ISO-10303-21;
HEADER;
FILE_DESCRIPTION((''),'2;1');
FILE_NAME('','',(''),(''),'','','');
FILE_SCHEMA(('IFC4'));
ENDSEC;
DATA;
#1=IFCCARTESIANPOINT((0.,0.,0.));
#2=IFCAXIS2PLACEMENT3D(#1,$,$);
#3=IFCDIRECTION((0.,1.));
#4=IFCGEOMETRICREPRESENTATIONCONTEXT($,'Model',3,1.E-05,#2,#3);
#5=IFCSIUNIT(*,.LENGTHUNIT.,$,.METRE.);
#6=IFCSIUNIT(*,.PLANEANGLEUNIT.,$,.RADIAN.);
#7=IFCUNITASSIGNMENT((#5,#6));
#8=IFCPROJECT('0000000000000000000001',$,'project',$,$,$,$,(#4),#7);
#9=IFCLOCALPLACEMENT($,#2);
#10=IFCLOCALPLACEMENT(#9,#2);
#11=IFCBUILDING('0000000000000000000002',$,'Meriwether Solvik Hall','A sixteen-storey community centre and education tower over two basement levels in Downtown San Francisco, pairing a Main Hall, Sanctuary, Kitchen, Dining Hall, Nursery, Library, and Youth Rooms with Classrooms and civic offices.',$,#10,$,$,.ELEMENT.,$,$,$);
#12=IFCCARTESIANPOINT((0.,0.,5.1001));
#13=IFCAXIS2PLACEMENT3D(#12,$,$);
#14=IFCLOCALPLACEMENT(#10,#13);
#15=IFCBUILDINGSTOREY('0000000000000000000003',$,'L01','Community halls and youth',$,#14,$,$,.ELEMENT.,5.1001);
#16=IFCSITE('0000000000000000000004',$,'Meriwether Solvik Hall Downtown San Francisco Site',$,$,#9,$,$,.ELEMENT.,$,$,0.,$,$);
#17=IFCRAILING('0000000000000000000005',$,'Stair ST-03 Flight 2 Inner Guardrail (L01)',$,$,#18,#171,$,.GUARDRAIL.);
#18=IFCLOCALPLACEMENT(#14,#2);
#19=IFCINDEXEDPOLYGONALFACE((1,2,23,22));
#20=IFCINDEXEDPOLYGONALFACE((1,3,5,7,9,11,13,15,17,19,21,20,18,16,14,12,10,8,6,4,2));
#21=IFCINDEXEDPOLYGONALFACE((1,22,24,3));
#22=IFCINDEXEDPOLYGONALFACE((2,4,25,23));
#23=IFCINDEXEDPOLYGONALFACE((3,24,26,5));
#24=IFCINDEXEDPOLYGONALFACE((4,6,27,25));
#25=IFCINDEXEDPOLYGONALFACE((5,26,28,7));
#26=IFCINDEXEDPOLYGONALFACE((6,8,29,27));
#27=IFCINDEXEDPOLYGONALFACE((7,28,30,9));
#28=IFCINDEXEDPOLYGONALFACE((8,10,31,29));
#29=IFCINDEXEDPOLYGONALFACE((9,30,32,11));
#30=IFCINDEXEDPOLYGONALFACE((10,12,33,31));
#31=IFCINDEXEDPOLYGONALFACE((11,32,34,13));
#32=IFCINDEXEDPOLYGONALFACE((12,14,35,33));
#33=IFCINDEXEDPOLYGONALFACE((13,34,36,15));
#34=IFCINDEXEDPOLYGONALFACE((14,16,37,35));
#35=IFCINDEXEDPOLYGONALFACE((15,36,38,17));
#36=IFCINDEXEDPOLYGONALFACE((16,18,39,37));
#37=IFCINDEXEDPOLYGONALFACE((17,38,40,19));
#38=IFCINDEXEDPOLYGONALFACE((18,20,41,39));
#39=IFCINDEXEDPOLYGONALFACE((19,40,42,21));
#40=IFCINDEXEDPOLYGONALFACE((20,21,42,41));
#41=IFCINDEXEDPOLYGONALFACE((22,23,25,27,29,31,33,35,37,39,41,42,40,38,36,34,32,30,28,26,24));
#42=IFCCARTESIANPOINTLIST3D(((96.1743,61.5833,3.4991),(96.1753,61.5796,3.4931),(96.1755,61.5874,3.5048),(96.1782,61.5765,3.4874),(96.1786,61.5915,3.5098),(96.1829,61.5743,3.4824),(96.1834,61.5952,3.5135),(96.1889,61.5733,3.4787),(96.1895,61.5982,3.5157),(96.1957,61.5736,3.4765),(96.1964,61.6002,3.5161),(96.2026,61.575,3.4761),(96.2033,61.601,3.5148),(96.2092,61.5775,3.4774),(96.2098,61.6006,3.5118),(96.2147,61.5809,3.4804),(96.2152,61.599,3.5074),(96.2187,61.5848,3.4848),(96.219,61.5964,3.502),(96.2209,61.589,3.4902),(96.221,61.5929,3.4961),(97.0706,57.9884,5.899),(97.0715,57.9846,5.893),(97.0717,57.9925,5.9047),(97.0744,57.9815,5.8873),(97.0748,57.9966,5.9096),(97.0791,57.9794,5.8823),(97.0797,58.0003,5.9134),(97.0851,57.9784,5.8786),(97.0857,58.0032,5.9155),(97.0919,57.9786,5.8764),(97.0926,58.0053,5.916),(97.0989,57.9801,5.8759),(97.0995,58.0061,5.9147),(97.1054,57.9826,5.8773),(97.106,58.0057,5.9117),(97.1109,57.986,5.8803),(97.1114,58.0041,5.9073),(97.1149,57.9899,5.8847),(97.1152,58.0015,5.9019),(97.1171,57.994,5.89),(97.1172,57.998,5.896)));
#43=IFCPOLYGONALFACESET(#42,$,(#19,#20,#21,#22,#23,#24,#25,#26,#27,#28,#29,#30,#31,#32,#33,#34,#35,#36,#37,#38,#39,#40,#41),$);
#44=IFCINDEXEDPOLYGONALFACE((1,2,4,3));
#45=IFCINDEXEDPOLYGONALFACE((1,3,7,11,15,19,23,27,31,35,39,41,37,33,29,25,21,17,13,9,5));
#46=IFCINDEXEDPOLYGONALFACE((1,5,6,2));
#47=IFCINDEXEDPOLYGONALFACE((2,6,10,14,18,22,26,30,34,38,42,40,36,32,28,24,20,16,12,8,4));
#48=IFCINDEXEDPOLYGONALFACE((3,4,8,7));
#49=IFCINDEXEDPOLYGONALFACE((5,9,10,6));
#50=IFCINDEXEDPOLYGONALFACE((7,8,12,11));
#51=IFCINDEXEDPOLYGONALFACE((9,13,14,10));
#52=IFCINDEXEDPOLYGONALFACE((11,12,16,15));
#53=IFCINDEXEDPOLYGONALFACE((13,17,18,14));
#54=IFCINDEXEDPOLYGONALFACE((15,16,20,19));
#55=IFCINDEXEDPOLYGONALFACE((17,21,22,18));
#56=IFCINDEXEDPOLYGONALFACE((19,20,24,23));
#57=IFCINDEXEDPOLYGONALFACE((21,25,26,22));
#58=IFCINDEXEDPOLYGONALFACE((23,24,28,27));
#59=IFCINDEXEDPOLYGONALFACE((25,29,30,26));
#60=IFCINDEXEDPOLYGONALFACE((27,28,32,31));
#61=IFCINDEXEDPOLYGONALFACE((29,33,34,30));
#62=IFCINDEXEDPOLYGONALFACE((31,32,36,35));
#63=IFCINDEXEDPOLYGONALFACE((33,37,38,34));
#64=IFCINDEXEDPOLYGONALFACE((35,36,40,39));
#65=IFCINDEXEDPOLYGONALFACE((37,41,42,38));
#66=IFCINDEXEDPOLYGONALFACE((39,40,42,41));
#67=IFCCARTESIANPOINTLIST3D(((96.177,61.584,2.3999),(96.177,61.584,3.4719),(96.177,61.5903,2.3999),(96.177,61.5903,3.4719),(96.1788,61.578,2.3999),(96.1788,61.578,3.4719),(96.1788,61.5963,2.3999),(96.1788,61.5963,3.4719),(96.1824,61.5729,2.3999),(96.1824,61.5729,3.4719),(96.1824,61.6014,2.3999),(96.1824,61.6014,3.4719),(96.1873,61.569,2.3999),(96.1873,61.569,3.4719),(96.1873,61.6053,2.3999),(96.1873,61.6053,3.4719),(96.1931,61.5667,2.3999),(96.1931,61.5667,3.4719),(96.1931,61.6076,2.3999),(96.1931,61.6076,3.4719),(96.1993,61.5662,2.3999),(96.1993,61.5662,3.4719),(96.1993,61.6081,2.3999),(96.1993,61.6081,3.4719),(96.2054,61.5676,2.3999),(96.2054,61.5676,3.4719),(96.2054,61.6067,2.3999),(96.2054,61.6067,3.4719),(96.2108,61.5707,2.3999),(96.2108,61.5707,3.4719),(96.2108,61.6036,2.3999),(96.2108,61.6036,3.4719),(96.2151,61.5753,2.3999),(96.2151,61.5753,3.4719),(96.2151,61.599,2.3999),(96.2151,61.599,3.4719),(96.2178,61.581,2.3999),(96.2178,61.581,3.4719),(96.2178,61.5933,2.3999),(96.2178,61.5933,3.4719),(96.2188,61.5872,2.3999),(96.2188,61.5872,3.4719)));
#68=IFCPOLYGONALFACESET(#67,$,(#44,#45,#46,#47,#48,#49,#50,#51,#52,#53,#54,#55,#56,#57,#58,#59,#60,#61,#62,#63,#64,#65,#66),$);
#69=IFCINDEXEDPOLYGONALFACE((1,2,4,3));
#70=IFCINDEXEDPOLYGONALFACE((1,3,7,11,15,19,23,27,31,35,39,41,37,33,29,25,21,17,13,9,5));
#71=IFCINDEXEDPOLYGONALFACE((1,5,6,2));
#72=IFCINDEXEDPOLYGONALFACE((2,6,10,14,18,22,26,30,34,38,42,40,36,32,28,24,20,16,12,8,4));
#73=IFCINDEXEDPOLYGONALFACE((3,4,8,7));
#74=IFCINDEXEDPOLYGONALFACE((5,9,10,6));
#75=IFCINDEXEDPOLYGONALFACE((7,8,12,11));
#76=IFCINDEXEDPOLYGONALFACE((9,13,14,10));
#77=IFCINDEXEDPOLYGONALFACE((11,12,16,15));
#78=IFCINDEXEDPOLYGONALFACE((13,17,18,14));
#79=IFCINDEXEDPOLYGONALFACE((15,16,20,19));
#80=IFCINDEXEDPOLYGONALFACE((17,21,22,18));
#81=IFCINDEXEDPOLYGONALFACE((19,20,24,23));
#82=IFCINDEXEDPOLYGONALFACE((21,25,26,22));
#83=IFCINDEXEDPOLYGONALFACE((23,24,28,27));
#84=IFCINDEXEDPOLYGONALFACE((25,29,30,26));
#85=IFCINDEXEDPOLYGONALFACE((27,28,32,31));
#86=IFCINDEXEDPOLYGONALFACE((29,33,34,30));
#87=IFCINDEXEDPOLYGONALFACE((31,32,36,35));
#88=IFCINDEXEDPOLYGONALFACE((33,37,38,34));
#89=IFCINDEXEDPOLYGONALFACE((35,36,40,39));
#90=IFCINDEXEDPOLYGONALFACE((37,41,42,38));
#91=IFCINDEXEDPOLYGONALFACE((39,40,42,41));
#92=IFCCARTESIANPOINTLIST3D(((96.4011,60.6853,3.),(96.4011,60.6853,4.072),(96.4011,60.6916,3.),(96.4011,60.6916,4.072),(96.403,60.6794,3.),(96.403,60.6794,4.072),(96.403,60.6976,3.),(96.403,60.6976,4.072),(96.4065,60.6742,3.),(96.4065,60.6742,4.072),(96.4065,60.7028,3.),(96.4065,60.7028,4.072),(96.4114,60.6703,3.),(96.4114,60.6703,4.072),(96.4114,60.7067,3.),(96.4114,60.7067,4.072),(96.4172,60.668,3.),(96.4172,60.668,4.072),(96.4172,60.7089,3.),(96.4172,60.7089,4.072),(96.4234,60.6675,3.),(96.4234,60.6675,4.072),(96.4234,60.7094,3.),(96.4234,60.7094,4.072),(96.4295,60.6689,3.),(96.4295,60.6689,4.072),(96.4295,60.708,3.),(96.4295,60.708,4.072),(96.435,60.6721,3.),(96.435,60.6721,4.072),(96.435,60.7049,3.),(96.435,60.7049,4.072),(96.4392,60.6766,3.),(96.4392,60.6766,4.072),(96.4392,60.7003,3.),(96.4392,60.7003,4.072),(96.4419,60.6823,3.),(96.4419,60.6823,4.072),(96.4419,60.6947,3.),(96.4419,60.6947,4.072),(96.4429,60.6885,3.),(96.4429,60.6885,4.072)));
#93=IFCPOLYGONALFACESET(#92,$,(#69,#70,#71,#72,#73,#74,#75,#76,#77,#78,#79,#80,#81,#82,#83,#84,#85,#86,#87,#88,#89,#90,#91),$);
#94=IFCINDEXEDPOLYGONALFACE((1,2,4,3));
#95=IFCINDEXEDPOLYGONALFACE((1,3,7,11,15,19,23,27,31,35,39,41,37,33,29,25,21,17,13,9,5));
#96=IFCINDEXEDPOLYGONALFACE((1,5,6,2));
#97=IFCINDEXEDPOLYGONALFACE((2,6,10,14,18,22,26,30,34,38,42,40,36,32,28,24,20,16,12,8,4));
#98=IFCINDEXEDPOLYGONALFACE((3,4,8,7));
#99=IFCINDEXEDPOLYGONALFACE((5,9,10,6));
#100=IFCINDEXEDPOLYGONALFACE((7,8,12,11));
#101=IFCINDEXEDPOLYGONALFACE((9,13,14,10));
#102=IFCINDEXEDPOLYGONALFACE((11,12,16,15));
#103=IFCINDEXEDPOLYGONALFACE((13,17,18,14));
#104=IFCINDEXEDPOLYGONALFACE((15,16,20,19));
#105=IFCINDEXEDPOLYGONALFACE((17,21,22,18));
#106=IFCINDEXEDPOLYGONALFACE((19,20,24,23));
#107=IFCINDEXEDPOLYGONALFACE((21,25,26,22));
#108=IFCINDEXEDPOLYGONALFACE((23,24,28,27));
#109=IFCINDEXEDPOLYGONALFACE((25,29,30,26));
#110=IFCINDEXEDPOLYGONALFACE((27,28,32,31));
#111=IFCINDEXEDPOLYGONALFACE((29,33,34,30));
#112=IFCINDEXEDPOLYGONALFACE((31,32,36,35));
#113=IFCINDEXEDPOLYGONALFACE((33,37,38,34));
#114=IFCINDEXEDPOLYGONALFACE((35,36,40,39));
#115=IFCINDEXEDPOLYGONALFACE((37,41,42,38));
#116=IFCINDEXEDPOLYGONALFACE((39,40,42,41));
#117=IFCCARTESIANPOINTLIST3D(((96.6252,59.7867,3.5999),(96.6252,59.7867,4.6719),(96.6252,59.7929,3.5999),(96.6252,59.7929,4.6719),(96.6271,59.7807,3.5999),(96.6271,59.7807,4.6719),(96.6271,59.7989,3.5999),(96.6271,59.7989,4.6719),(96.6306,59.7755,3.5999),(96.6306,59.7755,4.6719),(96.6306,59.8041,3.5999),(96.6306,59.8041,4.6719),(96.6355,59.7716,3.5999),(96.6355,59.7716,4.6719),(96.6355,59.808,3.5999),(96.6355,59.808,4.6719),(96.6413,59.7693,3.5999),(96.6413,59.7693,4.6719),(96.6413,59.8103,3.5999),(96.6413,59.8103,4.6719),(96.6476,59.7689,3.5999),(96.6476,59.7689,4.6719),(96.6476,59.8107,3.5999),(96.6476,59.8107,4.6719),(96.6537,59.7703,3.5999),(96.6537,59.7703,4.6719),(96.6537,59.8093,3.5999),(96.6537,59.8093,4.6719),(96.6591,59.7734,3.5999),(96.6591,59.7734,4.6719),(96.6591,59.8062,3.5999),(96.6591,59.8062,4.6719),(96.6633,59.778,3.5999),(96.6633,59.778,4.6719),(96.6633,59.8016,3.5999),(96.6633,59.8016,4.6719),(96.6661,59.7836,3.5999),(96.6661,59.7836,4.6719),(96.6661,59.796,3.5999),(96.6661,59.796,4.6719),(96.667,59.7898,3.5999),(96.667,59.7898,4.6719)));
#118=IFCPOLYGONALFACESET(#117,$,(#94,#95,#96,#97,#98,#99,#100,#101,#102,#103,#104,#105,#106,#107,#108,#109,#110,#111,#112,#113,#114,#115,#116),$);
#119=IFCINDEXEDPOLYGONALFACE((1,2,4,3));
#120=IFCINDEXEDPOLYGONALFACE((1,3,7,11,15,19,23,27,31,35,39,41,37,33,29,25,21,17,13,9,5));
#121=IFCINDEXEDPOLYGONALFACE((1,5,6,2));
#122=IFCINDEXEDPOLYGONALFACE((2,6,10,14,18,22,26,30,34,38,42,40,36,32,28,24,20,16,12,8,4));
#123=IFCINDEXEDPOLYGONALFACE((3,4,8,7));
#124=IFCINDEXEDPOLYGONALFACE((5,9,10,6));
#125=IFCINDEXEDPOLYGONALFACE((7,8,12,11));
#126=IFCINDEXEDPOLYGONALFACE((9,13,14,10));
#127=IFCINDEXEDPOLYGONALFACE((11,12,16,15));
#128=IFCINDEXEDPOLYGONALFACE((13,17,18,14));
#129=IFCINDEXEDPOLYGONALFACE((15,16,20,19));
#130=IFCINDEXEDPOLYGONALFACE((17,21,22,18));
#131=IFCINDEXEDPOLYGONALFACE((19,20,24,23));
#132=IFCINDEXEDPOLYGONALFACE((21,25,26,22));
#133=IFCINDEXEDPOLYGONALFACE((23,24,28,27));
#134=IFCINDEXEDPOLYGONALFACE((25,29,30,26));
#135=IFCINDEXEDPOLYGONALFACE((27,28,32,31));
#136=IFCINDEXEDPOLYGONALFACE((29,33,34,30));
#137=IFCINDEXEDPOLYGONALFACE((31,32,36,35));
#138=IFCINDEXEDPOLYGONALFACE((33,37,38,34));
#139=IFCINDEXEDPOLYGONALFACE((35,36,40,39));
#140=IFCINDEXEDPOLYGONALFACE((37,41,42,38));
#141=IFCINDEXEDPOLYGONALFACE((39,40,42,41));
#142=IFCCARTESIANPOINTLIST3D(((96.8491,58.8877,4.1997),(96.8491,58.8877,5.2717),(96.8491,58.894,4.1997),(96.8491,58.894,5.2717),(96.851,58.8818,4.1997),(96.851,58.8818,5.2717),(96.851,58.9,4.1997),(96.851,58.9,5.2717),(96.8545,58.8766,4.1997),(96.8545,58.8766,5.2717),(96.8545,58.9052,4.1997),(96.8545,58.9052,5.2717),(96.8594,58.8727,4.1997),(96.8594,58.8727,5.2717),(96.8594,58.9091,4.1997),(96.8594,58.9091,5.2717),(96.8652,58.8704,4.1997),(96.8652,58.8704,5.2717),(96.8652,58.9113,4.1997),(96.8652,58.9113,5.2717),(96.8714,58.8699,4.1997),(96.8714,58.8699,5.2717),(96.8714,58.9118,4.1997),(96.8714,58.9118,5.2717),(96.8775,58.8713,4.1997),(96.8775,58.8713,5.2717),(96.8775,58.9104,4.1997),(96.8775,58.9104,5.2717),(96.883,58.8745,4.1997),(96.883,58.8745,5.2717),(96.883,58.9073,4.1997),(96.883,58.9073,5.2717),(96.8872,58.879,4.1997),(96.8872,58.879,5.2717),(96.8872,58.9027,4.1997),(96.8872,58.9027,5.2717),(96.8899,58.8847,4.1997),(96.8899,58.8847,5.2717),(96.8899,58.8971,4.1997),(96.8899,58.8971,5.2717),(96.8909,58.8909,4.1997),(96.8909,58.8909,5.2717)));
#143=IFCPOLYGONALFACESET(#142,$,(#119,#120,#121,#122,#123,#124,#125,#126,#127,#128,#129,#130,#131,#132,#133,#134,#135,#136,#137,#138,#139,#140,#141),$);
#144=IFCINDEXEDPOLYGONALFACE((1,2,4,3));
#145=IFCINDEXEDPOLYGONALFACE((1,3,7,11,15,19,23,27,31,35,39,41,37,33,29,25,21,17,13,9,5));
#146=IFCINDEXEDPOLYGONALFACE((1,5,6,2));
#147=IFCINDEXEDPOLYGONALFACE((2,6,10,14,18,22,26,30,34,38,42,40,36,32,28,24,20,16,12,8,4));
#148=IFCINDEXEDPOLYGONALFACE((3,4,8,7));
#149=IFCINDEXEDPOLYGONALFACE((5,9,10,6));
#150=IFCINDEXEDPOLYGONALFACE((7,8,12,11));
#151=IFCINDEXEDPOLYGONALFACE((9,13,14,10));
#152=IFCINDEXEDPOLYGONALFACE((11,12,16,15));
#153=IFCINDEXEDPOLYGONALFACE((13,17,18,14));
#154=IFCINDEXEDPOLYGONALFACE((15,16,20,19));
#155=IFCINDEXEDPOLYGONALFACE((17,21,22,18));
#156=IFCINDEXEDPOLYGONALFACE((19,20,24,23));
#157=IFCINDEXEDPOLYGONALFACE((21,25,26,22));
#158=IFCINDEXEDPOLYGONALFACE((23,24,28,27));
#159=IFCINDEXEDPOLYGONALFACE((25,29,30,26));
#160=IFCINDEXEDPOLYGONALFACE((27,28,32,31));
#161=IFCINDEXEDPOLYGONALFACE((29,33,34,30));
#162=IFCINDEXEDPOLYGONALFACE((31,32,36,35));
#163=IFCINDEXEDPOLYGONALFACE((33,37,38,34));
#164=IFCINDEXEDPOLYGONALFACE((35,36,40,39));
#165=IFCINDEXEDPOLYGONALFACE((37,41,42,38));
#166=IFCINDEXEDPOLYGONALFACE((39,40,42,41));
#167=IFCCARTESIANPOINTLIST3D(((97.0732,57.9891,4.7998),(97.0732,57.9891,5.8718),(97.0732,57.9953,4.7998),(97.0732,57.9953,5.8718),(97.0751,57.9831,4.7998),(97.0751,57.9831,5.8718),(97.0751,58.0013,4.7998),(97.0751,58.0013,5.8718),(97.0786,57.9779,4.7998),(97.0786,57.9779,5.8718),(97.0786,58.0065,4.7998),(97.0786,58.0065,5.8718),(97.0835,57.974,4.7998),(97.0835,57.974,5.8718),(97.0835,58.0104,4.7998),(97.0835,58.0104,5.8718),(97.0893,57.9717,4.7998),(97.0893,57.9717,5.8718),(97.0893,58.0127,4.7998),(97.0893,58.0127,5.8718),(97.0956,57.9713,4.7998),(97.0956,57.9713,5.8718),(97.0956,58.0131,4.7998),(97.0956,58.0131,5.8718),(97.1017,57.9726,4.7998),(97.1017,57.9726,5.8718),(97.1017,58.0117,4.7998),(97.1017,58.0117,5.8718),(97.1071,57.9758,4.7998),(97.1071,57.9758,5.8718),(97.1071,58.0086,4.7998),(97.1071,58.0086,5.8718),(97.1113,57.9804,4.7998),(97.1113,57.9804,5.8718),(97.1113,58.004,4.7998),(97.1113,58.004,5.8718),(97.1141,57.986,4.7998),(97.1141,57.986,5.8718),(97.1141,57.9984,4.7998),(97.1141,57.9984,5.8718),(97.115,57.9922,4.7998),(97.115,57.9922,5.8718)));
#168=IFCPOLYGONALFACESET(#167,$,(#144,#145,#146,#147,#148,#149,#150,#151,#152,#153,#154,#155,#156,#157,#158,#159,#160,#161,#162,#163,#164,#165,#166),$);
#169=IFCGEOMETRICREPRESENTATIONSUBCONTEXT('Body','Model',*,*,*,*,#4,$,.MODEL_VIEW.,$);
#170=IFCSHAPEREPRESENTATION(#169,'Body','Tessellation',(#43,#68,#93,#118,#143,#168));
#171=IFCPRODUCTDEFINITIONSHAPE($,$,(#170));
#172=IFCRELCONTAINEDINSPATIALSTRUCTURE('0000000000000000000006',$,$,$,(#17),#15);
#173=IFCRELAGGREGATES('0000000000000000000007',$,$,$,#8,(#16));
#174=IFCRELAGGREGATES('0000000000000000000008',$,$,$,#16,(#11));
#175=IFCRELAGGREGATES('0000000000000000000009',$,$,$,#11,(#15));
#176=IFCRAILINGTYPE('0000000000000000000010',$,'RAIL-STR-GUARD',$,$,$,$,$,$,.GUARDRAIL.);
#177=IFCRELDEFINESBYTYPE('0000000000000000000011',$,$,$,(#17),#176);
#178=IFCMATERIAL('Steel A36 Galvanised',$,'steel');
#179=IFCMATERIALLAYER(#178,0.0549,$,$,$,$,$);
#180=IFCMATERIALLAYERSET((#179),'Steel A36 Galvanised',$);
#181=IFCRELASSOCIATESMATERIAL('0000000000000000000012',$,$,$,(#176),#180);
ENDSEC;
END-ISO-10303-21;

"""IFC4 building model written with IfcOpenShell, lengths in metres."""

from ifc_helpers import new_model, si_unit, direction, frame, origin, origin_2d, place, context, subcontext, project, spatial, circle, extrude, material, layer, layer_set, type_object, element, save


model = new_model("IFC4")

# Units and contexts
model_context = context("Model", 3, precision=1e-05, world=origin(), true_north=direction((0.0, 1.0)))
body_context = subcontext(model_context, "Body", "Model", "MODEL_VIEW")
ifc_project = project(units=[si_unit("LENGTHUNIT", "METRE"), si_unit("PLANEANGLEUNIT", "RADIAN")], contexts=[model_context])

# Site, building, storey
site_placement = place(None, origin())
site = spatial("IfcSite", under=ifc_project, at=site_placement, Name="Meriwether Solvik Hall Downtown San Francisco Site", CompositionType="ELEMENT", RefElevation=0.0)
building_placement = place(site_placement, origin())
building = spatial("IfcBuilding", under=site, at=building_placement, Name="Meriwether Solvik Hall", Description="A sixteen-storey community centre and education tower over two basement levels in Downtown San Francisco, pairing a Main Hall, Sanctuary, Kitchen, Dining Hall, Nursery, Library, and Youth Rooms with Classrooms and civic offices.", CompositionType="ELEMENT")
storey_placement = place(building_placement, frame((0.0, 0.0, 5.1001)))
storey = spatial("IfcBuildingStorey", under=building, at=storey_placement, Name="L01", Description="Community halls and youth", CompositionType="ELEMENT", Elevation=5.1001)

# Railing
ifc_material_1 = material(Name="Steel A36 Galvanised", Category="steel")
ifc_layer_1 = layer(ifc_material_1, 0.0549)
ifc_layer_set_1 = layer_set([ifc_layer_1], Name="Steel A36 Galvanised")
railing_type_1 = type_object("IfcRailingType", Name="RAIL-STR-GUARD", PredefinedType="GUARDRAIL", material=ifc_layer_set_1)
railing_1_placement = place(storey_placement, frame((96.1978, 61.5872, 2.3999)))
element("IfcRailing", 1, at=railing_1_placement, inside=storey, type_object=railing_type_1, Name="Stair ST-03 Flight 2 Inner Guardrail (L01)", PredefinedType="GUARDRAIL", context=body_context, shape_type="SweptSolid", body=[
    extrude(circle(Radius=0.0239, at=origin_2d()), frame((0.0, 0.0, 1.0962), z_axis=(0.203028, -0.814381, 0.543658), x_axis=(0.970301, 0.2419, 0.0)), (0.0, 0.0, 1.0), 4.4143),
    extrude(circle(Radius=0.021, at=origin_2d()), origin(), (0.0, 0.0, 1.0), 1.072),
    extrude(circle(Radius=0.021, at=origin_2d()), frame((0.2241, -0.8987, 0.6001)), (0.0, 0.0, 1.0), 1.072),
    extrude(circle(Radius=0.021, at=origin_2d()), frame((0.4482, -1.7974, 1.2)), (0.0, 0.0, 1.0), 1.072),
    extrude(circle(Radius=0.021, at=origin_2d()), frame((0.6721, -2.6963, 1.7998)), (0.0, 0.0, 1.0), 1.072),
    extrude(circle(Radius=0.021, at=origin_2d()), frame((0.8962, -3.595, 2.3999)), (0.0, 0.0, 1.0), 1.072),
])

save(model, "model.ifc")
